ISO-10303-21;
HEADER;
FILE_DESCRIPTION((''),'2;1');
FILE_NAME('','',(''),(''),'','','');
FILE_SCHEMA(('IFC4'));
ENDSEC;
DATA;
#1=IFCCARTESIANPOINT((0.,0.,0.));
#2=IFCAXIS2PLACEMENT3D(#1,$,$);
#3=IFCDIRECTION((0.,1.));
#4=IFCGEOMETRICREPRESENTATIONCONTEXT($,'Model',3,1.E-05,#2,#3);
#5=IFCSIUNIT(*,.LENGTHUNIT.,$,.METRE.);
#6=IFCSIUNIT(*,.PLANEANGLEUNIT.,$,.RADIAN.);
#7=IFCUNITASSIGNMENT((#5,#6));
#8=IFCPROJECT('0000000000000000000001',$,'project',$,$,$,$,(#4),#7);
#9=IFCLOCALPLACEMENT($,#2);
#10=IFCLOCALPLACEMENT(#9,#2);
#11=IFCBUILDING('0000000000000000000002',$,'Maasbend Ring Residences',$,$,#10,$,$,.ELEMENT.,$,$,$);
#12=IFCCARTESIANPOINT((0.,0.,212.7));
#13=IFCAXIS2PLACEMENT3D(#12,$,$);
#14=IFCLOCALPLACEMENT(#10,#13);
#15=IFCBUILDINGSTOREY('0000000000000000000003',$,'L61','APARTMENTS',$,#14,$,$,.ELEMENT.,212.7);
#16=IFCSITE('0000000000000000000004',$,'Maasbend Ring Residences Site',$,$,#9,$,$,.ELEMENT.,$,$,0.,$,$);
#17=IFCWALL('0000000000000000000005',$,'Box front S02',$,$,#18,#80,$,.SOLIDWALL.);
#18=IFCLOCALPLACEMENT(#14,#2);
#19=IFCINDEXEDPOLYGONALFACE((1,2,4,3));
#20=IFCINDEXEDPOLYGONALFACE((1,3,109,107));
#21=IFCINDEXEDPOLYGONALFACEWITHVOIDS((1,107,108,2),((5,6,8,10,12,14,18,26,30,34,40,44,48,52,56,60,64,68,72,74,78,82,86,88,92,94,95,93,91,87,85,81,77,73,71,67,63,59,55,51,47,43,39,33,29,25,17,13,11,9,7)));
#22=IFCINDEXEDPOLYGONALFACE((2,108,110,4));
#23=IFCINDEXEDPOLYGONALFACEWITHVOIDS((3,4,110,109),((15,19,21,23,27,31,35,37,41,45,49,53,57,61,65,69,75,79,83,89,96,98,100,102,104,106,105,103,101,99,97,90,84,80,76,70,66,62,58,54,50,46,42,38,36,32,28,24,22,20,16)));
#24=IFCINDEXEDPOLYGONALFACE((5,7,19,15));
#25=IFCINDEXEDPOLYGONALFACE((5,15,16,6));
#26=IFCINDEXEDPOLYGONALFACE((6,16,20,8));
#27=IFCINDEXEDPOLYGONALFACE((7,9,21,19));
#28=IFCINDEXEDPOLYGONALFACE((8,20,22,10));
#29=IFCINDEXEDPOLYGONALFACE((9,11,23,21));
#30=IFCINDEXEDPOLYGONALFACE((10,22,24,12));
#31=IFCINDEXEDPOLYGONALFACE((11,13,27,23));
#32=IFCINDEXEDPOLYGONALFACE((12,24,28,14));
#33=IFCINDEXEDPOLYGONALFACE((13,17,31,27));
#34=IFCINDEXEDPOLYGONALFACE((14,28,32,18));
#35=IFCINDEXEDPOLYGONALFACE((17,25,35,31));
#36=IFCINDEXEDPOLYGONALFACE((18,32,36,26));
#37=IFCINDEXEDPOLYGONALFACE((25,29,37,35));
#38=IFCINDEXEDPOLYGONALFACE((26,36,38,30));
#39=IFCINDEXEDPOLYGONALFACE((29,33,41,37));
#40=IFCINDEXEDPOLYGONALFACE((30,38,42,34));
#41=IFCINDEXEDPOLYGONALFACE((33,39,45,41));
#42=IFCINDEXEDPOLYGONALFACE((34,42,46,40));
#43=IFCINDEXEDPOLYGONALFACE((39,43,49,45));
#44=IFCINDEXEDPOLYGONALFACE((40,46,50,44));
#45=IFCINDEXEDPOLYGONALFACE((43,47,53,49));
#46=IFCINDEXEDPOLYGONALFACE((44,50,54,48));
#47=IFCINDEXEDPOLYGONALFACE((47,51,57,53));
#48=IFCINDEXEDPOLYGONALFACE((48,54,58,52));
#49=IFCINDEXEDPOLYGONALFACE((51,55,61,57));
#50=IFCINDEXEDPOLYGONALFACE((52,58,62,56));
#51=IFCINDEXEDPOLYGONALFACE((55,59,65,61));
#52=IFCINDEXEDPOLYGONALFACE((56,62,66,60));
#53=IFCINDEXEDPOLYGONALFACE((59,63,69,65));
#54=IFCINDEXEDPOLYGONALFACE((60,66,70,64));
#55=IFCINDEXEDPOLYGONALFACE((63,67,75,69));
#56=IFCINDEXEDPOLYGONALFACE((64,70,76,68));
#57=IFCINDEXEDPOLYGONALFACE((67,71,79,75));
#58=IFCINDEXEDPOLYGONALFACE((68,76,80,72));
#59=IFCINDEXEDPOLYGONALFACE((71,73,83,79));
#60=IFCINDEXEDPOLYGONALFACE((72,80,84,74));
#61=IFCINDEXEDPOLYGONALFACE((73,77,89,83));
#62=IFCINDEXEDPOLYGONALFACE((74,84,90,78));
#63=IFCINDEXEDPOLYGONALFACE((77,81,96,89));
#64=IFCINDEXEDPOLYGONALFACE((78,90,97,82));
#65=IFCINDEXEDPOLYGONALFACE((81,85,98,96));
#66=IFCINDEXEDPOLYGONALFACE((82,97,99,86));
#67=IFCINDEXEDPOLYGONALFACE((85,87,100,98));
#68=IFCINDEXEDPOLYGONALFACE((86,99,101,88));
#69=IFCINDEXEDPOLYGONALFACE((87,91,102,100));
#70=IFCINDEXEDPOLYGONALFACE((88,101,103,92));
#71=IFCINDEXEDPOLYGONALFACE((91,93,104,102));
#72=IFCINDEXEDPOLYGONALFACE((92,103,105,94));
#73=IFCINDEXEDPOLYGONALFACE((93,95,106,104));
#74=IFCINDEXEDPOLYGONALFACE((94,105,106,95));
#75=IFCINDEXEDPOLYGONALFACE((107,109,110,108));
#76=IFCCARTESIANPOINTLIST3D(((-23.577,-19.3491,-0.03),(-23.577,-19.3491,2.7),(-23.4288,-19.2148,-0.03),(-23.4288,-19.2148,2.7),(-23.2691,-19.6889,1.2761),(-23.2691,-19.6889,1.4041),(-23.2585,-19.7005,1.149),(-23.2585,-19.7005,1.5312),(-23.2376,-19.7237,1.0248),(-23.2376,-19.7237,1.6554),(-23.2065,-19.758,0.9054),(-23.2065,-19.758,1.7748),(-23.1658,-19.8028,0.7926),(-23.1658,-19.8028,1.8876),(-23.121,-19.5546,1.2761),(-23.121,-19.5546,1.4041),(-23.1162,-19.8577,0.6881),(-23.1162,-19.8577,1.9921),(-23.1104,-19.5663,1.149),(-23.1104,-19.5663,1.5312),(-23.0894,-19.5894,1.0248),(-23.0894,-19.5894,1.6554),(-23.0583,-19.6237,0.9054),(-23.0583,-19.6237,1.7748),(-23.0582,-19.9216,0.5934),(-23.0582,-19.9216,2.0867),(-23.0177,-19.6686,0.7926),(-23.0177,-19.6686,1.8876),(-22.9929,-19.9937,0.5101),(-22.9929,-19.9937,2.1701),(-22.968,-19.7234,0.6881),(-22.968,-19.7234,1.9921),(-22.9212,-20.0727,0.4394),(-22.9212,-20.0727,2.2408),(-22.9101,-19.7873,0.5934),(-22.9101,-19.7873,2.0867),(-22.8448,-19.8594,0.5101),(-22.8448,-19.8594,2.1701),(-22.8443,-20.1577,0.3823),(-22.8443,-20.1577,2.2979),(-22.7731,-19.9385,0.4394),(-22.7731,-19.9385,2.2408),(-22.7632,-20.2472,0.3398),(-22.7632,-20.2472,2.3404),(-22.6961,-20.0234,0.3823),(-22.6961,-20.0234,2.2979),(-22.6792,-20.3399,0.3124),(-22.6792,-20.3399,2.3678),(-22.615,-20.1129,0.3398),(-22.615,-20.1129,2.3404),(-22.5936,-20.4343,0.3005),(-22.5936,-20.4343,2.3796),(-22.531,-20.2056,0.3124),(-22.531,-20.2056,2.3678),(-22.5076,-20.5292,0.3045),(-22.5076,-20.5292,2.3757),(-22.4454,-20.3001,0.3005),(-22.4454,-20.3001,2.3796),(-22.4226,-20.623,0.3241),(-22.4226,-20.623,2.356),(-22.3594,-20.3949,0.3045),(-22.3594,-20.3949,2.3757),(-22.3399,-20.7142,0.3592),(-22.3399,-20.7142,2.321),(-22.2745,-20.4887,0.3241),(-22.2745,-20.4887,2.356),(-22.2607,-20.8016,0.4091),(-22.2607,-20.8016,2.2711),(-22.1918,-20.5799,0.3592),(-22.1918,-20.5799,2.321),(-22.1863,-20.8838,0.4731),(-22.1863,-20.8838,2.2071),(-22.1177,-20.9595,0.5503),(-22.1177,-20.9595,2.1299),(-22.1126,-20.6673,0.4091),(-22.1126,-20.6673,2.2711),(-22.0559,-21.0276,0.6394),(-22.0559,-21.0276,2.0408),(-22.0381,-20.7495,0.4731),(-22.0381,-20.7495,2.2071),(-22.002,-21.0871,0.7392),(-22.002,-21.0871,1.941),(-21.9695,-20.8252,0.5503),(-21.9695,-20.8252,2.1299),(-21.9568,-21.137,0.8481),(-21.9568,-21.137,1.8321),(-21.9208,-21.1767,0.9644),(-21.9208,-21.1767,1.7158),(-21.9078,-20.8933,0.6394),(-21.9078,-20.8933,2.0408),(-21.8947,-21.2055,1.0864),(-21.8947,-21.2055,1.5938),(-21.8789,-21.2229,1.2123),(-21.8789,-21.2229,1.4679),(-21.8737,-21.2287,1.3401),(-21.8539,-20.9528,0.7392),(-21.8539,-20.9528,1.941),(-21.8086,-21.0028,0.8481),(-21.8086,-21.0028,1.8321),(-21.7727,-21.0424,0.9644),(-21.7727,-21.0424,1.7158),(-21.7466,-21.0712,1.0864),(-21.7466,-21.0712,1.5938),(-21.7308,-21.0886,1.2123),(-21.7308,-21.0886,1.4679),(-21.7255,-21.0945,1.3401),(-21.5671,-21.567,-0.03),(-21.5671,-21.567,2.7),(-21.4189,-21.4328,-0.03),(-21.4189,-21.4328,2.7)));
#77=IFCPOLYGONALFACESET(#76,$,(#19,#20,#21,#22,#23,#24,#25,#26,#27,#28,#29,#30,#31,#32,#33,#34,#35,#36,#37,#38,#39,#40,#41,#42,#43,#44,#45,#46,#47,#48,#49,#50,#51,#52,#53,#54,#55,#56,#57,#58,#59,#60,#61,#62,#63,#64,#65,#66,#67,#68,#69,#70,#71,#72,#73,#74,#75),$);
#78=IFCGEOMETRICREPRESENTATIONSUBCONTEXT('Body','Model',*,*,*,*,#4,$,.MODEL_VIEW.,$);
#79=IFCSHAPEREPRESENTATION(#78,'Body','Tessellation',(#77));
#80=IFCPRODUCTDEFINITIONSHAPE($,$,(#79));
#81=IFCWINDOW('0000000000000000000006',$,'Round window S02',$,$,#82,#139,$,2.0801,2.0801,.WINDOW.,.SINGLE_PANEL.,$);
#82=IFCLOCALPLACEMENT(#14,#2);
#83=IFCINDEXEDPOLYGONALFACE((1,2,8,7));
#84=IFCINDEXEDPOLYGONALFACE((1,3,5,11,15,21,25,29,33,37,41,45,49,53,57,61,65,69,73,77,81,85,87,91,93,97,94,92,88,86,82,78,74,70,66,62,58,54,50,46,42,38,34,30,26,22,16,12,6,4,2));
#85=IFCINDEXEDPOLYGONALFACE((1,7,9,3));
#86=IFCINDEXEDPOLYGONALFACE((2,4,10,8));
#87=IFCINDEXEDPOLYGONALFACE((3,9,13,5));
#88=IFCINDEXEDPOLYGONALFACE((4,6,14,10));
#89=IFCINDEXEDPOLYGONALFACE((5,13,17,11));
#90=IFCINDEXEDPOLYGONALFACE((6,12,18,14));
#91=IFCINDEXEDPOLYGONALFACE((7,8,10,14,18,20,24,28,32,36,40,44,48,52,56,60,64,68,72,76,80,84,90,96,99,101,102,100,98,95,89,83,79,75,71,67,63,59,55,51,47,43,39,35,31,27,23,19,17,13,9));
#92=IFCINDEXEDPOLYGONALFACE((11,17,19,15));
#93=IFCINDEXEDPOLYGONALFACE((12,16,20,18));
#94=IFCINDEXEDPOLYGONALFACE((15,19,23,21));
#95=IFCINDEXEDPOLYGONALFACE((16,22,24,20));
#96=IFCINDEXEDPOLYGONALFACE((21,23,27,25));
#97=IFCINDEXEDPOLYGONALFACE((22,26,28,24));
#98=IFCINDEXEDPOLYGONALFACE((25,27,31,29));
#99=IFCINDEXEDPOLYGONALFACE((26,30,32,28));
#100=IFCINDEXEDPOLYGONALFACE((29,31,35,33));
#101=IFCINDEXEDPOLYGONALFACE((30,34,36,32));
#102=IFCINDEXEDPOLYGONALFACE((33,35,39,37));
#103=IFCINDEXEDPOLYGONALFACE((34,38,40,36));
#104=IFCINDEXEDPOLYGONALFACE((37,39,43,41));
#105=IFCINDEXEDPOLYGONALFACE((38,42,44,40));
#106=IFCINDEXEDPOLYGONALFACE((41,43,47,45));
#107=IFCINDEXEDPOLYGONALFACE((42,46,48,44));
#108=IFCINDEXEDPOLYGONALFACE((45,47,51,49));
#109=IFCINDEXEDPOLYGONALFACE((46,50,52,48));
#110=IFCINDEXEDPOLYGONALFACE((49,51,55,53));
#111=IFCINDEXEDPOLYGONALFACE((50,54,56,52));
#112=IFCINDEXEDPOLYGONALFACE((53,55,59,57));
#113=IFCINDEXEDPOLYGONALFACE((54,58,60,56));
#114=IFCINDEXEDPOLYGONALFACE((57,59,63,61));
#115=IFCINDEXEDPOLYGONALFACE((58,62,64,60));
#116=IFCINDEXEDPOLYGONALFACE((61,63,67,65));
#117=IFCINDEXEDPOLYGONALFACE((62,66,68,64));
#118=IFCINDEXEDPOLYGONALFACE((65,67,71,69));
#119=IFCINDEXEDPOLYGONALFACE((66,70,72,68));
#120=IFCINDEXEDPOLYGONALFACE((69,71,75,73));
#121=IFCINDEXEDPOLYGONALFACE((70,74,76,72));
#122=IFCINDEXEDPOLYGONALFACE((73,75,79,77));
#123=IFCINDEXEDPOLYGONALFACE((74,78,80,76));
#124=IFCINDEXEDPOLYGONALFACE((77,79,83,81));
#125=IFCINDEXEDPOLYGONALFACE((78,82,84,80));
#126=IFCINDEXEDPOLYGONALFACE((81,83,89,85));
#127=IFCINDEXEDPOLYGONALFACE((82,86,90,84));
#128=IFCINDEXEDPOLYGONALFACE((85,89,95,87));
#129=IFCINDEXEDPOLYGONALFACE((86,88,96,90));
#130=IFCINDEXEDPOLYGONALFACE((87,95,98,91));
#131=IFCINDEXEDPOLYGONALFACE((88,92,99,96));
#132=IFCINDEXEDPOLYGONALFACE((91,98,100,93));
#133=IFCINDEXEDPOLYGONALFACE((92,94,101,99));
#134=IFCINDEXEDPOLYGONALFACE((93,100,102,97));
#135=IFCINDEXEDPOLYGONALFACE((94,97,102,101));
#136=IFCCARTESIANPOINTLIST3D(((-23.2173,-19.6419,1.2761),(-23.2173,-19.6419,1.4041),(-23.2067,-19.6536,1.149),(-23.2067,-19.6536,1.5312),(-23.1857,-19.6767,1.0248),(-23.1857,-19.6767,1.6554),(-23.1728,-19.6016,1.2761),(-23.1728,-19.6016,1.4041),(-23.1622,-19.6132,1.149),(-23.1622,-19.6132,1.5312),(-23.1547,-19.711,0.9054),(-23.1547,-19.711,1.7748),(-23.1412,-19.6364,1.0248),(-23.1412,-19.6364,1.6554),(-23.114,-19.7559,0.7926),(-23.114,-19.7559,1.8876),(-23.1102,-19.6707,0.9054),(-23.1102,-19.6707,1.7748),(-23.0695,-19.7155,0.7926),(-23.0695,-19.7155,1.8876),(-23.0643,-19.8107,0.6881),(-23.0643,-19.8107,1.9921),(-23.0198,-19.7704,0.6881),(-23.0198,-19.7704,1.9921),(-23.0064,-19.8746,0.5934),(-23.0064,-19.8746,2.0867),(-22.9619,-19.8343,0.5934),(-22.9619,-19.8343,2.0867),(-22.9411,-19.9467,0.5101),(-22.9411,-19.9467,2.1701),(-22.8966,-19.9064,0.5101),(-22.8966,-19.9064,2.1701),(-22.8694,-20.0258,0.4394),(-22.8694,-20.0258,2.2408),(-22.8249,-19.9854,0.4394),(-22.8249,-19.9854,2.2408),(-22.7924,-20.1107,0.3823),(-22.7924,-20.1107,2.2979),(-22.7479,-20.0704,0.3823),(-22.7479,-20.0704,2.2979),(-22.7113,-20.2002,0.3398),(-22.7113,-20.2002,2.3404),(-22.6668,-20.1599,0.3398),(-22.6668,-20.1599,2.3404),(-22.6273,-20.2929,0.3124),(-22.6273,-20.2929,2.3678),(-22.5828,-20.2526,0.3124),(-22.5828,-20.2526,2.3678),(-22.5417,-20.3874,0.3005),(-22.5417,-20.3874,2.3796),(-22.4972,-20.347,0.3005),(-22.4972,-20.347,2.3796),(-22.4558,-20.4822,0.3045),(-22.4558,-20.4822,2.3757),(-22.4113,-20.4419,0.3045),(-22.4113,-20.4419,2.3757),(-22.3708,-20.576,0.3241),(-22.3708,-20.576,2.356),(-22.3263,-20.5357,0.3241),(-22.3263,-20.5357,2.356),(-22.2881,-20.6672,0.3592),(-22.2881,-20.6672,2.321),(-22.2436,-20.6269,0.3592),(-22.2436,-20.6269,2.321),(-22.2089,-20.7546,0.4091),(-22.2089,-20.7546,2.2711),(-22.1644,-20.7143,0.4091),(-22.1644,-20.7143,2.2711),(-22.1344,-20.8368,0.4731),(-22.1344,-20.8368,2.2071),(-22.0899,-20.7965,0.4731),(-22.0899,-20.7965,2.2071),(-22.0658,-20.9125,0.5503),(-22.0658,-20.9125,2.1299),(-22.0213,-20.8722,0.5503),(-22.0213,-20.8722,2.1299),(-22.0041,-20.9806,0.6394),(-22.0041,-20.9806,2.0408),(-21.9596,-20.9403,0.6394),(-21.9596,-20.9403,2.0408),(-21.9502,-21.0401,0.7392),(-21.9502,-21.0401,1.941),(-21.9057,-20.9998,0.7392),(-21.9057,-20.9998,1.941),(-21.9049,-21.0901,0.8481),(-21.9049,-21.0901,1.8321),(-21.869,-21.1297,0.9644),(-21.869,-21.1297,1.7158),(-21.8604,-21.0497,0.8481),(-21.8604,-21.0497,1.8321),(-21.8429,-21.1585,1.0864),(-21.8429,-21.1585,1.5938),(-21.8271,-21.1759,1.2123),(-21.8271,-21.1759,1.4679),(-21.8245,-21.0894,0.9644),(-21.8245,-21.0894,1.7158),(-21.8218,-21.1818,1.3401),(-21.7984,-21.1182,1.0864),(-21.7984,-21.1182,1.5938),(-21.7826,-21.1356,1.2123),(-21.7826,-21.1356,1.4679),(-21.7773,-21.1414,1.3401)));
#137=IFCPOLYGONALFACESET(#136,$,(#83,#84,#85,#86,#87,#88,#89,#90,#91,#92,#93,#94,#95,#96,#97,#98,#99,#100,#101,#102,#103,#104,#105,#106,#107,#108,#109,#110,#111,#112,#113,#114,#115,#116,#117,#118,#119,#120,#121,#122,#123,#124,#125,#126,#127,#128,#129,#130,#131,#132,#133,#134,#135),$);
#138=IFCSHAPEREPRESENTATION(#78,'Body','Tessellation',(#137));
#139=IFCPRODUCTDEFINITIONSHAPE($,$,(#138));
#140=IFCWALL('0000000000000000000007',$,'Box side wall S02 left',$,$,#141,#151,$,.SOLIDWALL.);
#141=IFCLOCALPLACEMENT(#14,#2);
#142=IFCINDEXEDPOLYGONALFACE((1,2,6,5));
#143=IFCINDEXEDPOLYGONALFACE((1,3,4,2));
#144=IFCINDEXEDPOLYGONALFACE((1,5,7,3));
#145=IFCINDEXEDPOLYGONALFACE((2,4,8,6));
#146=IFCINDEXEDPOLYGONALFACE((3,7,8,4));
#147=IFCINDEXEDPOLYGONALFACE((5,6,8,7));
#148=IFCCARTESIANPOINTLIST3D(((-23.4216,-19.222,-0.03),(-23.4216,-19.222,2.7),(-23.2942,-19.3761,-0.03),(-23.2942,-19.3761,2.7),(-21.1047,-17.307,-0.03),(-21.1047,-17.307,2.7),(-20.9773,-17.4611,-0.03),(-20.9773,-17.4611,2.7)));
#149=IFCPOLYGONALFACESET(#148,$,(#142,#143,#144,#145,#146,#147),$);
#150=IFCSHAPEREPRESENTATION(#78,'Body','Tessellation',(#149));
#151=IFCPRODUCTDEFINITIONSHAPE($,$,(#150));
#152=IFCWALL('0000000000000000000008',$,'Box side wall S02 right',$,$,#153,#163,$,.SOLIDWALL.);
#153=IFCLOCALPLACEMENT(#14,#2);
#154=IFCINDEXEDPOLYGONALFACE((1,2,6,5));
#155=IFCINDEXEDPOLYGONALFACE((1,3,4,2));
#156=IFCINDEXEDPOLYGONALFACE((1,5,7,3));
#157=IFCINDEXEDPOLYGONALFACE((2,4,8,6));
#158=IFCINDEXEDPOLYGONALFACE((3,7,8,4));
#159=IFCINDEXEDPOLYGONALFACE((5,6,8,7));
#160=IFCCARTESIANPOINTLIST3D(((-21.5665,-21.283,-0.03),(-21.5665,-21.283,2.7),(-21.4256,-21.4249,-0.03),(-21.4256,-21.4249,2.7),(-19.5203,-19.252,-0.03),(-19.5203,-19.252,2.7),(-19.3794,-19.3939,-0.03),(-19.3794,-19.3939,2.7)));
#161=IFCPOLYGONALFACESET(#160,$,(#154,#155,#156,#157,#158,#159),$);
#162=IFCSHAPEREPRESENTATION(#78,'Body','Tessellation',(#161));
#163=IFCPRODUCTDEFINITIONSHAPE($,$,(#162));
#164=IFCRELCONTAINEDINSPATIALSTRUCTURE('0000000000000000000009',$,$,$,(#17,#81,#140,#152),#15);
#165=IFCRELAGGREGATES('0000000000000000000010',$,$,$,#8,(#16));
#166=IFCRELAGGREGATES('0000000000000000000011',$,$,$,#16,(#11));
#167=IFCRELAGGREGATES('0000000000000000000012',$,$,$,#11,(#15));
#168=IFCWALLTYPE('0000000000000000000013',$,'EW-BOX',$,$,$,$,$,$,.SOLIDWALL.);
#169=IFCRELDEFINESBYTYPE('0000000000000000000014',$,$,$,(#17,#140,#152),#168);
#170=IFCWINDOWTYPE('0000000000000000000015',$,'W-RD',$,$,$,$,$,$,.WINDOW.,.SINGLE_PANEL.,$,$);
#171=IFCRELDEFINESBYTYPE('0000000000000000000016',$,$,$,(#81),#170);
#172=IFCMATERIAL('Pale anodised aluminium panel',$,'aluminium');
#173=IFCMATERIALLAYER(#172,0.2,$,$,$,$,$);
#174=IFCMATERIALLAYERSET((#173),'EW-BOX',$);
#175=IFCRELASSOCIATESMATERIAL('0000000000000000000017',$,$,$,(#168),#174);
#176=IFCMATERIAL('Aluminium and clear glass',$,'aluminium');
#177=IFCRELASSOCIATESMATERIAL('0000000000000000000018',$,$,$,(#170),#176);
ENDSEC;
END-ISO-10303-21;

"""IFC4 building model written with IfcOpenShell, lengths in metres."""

from ifc_helpers import new_model, si_unit, direction, frame, frame_2d, origin, place, context, subcontext, project, spatial, rectangle, circle, extrude, material, layer, layer_set, type_object, element, fill, save


model = new_model("IFC4")

# Units and contexts
model_context = context("Model", 3, precision=1e-05, world=origin(), true_north=direction((0.0, 1.0)))
body_context = subcontext(model_context, "Body", "Model", "MODEL_VIEW")
ifc_project = project(units=[si_unit("LENGTHUNIT", "METRE"), si_unit("PLANEANGLEUNIT", "RADIAN")], contexts=[model_context])

# Site, building, storey
site_placement = place(None, origin())
site = spatial("IfcSite", under=ifc_project, at=site_placement, Name="Maasbend Ring Residences Site", CompositionType="ELEMENT", RefElevation=0.0)
building_placement = place(site_placement, origin())
building = spatial("IfcBuilding", under=site, at=building_placement, Name="Maasbend Ring Residences", CompositionType="ELEMENT")
storey_placement = place(building_placement, frame((0.0, 0.0, 212.7)))
storey = spatial("IfcBuildingStorey", under=building, at=storey_placement, Name="L61", Description="APARTMENTS", CompositionType="ELEMENT", Elevation=212.7)

# Wall, opening, window
ifc_material_1 = material(Name="Pale anodised aluminium panel", Category="aluminium")
ifc_layer_1 = layer(ifc_material_1, 0.2)
ifc_layer_set_1 = layer_set([ifc_layer_1], Name="EW-BOX")
wall_type_1 = type_object("IfcWallType", Name="EW-BOX", PredefinedType="SOLIDWALL", material=ifc_layer_set_1)
wall_1_placement = place(storey_placement, frame((-23.5029, -19.282, -0.03), z_axis=(0.0, 0.0, 1.0), x_axis=(0.671507, -0.740998, 0.0)))
wall_1 = element("IfcWall", 1, at=wall_1_placement, inside=storey, type_object=wall_type_1, Name="Box front S02", PredefinedType="SOLIDWALL", context=body_context, shape_type="SweptSolid", body=[
    extrude(rectangle(XDim=2.9932, YDim=0.2, at=frame_2d((1.4966, 0.0))), origin(), (0.0, 0.0, 1.0), 2.73),
])
opening_1_placement = place(wall_1_placement, frame((0.4565, 0.0, 0.3301)))
opening_1 = element("IfcOpeningElement", 2, at=opening_1_placement, cuts=wall_1, PredefinedType="OPENING", context=body_context, shape_type="SweptSolid", body=[
    extrude(circle(Radius=1.04, at=frame_2d((1.04, 1.04))), frame((0.0, 0.1099, 0.0), z_axis=(0.0, -1.0, 0.0), x_axis=(1.0, 0.0, 0.0)), (0.0, 0.0, 1.0), 0.22),
])
ifc_material_2 = material(Name="Aluminium and clear glass", Category="aluminium")
window_type_1 = type_object("IfcWindowType", Name="W-RD", PartitioningType="SINGLE_PANEL", PredefinedType="WINDOW", material=ifc_material_2)
window_1_placement = place(opening_1_placement, origin())
window_1 = element("IfcWindow", 3, at=window_1_placement, inside=storey, type_object=window_type_1, Name="Round window S02", OverallHeight=2.0801, OverallWidth=2.0801, PartitioningType="SINGLE_PANEL", PredefinedType="WINDOW", context=body_context, shape_type="SweptSolid", body=[
    extrude(circle(Radius=1.04, at=frame_2d((1.04, 1.04))), frame((0.0, 0.03, 0.0), z_axis=(0.0, -1.0, 0.0), x_axis=(1.0, 0.0, 0.0)), (0.0, 0.0, 1.0), 0.0601),
])
fill(opening_1, window_1)

# Walls
wall_2_placement = place(storey_placement, frame((-21.041, -17.384, -0.03), z_axis=(0.0, 0.0, 1.0), x_axis=(-0.770785, -0.637096, 0.0)))
element("IfcWall", 4, at=wall_2_placement, inside=storey, type_object=wall_type_1, Name="Box side wall S02 left", PredefinedType="SOLIDWALL", context=body_context, shape_type="SweptSolid", body=[
    extrude(rectangle(XDim=3.0059, YDim=0.2, at=frame_2d((1.5029, 0.0))), origin(), (0.0, 0.0, 1.0), 2.73),
])
wall_3_placement = place(storey_placement, frame((-19.45, -19.323, -0.03), z_axis=(0.0, 0.0, 1.0), x_axis=(-0.709727, -0.704477, 0.0)))
element("IfcWall", 5, at=wall_3_placement, inside=storey, type_object=wall_type_1, Name="Box side wall S02 right", PredefinedType="SOLIDWALL", context=body_context, shape_type="SweptSolid", body=[
    extrude(rectangle(XDim=2.8831, YDim=0.2, at=frame_2d((1.4414, 0.0))), origin(), (0.0, 0.0, 1.0), 2.73),
])

save(model, "model.ifc")
